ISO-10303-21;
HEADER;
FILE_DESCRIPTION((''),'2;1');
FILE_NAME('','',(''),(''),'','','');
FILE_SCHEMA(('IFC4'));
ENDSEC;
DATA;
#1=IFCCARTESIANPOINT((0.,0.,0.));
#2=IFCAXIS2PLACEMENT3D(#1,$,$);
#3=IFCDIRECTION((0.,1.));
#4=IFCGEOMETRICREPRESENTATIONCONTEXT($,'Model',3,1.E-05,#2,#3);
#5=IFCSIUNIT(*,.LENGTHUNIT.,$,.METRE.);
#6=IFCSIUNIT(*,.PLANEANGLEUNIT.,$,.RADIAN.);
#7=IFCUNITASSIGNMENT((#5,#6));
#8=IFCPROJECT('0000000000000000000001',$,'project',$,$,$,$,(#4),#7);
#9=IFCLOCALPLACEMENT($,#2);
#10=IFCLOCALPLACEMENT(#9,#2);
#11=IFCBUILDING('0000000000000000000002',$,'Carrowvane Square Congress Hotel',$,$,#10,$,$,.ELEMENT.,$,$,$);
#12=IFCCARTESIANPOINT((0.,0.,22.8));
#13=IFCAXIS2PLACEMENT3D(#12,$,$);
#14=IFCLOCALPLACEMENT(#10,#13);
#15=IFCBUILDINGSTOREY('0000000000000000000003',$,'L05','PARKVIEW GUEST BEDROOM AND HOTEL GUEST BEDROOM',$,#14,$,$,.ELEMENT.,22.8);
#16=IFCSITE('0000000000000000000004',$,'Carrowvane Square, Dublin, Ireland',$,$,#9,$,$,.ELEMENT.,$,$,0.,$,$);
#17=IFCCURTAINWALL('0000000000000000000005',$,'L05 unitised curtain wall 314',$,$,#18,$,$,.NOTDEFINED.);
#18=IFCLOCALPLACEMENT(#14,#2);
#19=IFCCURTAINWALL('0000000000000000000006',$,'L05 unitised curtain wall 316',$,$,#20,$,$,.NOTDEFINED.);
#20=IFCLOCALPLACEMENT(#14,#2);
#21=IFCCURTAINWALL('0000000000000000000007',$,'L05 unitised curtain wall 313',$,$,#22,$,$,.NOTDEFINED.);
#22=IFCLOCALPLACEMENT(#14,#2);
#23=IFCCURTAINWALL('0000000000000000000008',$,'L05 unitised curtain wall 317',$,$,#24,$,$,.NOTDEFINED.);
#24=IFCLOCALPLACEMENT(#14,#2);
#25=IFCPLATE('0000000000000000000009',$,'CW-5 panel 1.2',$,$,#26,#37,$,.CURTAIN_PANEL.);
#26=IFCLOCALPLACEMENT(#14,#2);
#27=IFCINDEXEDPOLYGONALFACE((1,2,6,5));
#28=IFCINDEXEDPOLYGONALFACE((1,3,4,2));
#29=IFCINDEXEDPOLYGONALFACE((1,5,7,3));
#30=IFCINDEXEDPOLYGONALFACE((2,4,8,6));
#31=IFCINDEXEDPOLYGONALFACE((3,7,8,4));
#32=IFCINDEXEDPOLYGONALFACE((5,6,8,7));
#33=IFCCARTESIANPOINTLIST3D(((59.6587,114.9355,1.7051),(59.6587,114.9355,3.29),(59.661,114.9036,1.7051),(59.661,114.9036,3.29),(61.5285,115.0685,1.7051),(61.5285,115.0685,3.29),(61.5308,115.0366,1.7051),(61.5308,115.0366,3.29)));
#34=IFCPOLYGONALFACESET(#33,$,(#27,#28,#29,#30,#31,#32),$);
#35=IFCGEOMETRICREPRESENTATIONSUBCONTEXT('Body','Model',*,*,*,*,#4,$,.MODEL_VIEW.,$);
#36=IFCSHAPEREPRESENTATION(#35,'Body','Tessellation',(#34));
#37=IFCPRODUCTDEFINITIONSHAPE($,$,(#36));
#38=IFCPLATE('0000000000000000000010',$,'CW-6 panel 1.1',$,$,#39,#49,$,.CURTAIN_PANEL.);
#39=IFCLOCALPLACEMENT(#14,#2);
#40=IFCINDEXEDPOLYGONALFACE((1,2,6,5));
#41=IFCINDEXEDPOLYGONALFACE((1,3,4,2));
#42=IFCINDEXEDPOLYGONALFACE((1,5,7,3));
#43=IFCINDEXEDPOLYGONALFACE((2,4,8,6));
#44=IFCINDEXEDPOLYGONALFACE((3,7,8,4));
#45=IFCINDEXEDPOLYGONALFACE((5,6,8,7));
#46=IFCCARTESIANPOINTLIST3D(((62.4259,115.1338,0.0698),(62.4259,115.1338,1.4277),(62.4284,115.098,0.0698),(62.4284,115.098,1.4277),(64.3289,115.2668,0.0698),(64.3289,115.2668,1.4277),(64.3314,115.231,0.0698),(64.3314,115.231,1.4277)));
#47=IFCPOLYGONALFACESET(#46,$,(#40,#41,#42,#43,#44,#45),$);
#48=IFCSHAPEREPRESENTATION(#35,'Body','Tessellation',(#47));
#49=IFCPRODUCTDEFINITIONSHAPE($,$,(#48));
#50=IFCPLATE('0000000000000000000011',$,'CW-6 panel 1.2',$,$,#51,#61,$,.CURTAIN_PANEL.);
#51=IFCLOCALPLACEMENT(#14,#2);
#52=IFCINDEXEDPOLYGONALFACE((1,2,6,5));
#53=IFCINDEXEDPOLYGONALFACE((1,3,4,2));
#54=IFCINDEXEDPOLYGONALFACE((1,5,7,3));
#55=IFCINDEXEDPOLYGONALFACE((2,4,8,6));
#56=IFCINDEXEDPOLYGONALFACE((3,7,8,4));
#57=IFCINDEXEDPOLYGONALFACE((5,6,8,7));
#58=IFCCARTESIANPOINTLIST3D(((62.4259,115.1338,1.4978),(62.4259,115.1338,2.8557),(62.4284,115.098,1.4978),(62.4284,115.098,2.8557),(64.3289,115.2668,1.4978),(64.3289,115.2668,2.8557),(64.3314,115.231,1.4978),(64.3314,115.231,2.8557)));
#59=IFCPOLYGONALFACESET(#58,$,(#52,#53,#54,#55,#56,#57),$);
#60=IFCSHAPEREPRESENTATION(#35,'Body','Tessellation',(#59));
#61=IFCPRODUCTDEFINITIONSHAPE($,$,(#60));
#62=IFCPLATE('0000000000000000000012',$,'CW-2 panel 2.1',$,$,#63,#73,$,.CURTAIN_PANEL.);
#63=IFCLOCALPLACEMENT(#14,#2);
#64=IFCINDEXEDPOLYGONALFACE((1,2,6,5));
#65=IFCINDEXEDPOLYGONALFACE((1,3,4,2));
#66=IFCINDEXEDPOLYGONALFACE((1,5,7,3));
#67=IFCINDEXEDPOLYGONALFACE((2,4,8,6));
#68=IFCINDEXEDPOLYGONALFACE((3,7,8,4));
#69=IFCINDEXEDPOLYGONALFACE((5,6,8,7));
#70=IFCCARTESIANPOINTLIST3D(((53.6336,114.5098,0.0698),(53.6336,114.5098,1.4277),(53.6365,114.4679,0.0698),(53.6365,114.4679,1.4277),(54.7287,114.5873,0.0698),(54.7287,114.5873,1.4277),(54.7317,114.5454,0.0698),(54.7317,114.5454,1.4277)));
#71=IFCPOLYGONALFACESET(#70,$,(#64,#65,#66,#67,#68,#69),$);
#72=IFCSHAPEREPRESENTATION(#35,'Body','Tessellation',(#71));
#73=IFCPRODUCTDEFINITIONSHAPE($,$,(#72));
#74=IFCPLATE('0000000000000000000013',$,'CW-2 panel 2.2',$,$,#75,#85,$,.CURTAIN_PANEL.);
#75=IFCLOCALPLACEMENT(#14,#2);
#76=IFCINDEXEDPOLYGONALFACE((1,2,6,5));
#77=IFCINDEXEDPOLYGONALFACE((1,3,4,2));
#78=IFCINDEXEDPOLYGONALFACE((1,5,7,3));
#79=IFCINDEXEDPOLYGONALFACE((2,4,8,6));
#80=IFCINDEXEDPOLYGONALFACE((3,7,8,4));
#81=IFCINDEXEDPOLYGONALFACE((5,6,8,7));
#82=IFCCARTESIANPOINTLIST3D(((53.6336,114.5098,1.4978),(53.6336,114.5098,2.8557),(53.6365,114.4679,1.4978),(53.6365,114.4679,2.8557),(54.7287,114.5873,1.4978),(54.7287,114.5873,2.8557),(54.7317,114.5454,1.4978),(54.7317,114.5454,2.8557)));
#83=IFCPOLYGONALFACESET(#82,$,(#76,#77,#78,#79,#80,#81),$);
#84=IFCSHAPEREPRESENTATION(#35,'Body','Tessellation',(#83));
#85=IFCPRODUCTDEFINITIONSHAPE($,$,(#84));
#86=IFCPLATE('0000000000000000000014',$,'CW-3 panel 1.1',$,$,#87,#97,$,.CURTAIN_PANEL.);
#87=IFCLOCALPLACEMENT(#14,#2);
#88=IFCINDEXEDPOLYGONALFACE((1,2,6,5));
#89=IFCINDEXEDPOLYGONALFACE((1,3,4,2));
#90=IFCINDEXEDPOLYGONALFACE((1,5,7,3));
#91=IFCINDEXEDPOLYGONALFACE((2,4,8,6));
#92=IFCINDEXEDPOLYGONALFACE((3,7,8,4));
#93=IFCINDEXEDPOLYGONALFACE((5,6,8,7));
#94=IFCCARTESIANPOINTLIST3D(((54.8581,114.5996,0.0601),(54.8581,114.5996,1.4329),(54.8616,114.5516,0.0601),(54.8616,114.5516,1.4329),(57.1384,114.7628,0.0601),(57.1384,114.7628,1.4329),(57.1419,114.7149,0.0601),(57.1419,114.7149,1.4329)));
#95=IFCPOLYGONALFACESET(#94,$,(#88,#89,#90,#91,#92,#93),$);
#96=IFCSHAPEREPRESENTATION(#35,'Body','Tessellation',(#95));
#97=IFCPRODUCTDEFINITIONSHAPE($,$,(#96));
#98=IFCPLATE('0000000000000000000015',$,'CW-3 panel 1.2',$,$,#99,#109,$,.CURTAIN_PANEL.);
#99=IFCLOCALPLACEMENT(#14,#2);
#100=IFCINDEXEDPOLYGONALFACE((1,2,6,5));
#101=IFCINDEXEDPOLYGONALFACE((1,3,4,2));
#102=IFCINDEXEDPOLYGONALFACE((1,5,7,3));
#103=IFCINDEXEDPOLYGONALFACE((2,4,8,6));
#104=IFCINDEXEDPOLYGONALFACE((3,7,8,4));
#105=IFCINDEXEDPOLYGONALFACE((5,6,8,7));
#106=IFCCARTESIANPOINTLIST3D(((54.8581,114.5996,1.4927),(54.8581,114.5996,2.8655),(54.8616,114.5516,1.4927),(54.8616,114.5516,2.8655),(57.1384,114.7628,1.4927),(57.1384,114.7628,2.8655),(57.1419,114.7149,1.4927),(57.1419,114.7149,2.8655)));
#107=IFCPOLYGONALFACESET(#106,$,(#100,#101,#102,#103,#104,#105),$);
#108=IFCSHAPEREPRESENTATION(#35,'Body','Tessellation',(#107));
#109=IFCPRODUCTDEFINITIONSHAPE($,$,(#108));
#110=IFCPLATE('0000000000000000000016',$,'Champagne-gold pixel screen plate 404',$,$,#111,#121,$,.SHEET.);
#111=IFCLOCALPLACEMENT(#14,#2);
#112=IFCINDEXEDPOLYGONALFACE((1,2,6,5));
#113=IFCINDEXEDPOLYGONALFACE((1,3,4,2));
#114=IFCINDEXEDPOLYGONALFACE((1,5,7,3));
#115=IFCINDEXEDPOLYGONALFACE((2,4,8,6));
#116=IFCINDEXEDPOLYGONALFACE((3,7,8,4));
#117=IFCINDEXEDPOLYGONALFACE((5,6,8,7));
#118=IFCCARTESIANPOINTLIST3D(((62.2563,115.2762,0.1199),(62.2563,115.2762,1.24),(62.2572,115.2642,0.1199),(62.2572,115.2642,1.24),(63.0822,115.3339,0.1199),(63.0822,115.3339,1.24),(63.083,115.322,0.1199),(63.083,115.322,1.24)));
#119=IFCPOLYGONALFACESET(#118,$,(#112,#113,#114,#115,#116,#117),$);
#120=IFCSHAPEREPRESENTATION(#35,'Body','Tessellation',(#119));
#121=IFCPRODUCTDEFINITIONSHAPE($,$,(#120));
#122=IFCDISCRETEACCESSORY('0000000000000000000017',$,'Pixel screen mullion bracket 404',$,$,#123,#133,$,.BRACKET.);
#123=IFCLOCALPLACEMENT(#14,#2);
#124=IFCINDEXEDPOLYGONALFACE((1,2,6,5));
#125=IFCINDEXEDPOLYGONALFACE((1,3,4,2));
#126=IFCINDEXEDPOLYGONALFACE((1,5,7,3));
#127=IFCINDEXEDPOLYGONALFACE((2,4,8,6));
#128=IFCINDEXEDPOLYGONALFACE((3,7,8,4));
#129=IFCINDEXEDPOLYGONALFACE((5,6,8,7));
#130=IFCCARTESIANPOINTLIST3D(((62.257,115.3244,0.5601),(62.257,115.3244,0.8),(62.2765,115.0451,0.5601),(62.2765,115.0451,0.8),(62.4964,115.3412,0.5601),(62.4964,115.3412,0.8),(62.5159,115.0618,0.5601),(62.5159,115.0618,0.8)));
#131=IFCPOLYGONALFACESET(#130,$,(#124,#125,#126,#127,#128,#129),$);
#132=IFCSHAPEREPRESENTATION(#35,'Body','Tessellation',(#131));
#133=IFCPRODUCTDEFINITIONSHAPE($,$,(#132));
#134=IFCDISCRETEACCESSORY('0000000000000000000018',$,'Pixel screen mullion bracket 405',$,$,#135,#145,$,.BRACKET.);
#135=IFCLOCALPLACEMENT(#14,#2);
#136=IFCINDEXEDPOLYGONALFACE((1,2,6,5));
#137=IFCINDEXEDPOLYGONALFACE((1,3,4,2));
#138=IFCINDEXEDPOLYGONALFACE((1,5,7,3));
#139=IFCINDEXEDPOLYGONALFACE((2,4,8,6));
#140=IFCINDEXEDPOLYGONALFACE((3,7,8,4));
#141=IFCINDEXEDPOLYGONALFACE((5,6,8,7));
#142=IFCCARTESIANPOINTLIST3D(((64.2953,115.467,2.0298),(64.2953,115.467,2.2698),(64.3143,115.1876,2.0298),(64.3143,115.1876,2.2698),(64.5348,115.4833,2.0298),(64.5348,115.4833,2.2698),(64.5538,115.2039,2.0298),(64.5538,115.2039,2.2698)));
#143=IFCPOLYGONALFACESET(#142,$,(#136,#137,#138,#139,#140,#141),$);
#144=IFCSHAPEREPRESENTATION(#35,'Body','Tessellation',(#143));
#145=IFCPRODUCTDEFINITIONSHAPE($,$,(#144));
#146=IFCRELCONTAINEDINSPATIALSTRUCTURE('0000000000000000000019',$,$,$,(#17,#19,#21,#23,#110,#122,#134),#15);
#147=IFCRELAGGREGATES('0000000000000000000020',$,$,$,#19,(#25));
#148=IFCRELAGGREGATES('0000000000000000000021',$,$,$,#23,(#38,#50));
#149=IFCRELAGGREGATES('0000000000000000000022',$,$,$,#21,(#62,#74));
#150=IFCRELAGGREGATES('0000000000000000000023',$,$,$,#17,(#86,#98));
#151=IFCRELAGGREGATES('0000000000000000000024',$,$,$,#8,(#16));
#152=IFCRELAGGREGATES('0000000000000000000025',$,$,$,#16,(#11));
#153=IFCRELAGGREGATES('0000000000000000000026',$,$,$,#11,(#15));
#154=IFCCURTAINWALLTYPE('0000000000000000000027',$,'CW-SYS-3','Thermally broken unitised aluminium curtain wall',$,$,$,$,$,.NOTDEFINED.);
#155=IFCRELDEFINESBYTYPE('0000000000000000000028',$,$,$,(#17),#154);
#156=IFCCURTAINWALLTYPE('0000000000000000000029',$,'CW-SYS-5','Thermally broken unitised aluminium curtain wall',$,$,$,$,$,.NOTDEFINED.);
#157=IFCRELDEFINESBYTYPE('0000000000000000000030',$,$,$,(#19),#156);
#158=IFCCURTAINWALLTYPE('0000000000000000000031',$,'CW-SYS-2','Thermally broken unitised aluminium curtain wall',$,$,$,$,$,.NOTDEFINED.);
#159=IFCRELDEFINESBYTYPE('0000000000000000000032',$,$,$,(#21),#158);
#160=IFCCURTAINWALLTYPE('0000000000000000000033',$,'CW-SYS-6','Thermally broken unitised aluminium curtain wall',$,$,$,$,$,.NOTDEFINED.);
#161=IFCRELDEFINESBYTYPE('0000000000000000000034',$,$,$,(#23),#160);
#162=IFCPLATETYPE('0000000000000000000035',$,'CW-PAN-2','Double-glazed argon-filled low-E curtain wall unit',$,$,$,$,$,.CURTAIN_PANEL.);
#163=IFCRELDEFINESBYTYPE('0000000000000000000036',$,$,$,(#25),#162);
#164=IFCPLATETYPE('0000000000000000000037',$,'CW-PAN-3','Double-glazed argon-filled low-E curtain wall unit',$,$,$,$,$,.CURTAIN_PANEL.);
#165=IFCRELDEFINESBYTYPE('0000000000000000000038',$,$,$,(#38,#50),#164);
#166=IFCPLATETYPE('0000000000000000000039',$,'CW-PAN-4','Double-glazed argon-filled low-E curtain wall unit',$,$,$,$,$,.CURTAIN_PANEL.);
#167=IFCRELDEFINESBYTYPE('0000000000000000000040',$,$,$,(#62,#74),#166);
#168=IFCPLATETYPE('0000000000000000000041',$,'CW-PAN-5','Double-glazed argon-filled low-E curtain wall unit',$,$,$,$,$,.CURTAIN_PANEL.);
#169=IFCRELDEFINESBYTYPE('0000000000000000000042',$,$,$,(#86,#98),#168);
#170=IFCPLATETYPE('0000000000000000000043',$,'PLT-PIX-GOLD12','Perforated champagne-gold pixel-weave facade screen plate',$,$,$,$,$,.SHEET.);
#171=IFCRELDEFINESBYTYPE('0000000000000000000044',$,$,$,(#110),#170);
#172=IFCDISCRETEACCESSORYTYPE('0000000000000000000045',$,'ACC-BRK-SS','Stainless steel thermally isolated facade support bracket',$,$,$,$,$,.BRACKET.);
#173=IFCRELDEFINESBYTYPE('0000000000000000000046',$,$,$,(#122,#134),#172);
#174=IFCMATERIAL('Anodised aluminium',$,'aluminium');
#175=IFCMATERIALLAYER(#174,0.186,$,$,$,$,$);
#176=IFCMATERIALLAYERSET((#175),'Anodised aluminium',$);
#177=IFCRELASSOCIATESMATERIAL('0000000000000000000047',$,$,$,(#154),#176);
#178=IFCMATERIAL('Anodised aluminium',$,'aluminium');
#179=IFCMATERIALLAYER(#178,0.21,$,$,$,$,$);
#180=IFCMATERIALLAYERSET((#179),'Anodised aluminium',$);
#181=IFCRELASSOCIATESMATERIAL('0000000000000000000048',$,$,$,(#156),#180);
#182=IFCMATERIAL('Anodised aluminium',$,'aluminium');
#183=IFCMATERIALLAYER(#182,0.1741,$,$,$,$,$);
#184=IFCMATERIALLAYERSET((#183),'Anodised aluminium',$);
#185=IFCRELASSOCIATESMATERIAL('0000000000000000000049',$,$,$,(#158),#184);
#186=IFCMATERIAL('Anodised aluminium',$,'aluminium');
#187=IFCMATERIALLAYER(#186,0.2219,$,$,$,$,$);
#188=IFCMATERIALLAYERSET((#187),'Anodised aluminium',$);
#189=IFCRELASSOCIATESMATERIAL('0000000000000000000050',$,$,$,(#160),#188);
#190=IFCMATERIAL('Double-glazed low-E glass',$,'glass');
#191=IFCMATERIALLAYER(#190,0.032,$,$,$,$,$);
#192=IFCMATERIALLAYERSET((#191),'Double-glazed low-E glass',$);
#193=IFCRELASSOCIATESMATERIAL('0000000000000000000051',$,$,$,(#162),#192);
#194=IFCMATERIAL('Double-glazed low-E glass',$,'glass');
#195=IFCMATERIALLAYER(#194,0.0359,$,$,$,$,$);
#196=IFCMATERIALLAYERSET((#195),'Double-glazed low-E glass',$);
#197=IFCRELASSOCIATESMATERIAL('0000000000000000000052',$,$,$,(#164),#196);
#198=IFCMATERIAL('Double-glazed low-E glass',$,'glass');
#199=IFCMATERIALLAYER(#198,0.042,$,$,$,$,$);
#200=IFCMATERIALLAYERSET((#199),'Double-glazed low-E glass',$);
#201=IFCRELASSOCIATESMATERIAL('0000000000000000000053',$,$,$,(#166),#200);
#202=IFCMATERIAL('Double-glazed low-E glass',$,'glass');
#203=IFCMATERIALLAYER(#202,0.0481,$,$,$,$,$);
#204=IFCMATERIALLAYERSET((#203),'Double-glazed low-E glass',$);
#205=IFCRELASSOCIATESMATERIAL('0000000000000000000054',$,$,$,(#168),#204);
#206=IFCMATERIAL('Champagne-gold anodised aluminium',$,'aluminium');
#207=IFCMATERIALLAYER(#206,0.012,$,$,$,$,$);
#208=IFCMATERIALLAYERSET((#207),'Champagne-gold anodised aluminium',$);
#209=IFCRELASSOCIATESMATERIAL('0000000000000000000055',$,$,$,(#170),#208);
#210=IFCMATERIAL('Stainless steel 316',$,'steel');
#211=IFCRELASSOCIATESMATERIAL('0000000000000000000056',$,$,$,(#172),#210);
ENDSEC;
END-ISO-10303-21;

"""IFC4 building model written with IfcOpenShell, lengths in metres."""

from ifc_helpers import new_model, si_unit, direction, frame, origin, origin_2d, place, context, subcontext, project, spatial, rectangle, extrude, material, layer, layer_set, type_object, element, aggregate, save


model = new_model("IFC4")

# Units and contexts
model_context = context("Model", 3, precision=1e-05, world=origin(), true_north=direction((0.0, 1.0)))
body_context = subcontext(model_context, "Body", "Model", "MODEL_VIEW")
ifc_project = project(units=[si_unit("LENGTHUNIT", "METRE"), si_unit("PLANEANGLEUNIT", "RADIAN")], contexts=[model_context])

# Site, building, storey
site_placement = place(None, origin())
site = spatial("IfcSite", under=ifc_project, at=site_placement, Name="Carrowvane Square, Dublin, Ireland", CompositionType="ELEMENT", RefElevation=0.0)
building_placement = place(site_placement, origin())
building = spatial("IfcBuilding", under=site, at=building_placement, Name="Carrowvane Square Congress Hotel", CompositionType="ELEMENT")
storey_placement = place(building_placement, frame((0.0, 0.0, 22.8)))
storey = spatial("IfcBuildingStorey", under=building, at=storey_placement, Name="L05", Description="PARKVIEW GUEST BEDROOM AND HOTEL GUEST BEDROOM", CompositionType="ELEMENT", Elevation=22.8)

# Curtain walls
ifc_material_1 = material(Name="Anodised aluminium", Category="aluminium")
ifc_layer_1 = layer(ifc_material_1, 0.186)
ifc_layer_set_1 = layer_set([ifc_layer_1], Name="Anodised aluminium")
curtain_wall_type_1 = type_object("IfcCurtainWallType", Name="CW-SYS-3", Description="Thermally broken unitised aluminium curtain wall", PredefinedType="NOTDEFINED", material=ifc_layer_set_1)
curtain_wall_1_placement = place(storey_placement, origin())
curtain_wall_1 = element("IfcCurtainWall", 1, at=curtain_wall_1_placement, inside=storey, type_object=curtain_wall_type_1, Name="L05 unitised curtain wall 314", PredefinedType="NOTDEFINED")
ifc_material_2 = material(Name="Anodised aluminium", Category="aluminium")
ifc_layer_2 = layer(ifc_material_2, 0.21)
ifc_layer_set_2 = layer_set([ifc_layer_2], Name="Anodised aluminium")
curtain_wall_type_2 = type_object("IfcCurtainWallType", Name="CW-SYS-5", Description="Thermally broken unitised aluminium curtain wall", PredefinedType="NOTDEFINED", material=ifc_layer_set_2)
curtain_wall_2_placement = place(storey_placement, origin())
curtain_wall_2 = element("IfcCurtainWall", 2, at=curtain_wall_2_placement, inside=storey, type_object=curtain_wall_type_2, Name="L05 unitised curtain wall 316", PredefinedType="NOTDEFINED")

# Curtain wall
ifc_material_3 = material(Name="Anodised aluminium", Category="aluminium")
ifc_layer_3 = layer(ifc_material_3, 0.1741)
ifc_layer_set_3 = layer_set([ifc_layer_3], Name="Anodised aluminium")
curtain_wall_type_3 = type_object("IfcCurtainWallType", Name="CW-SYS-2", Description="Thermally broken unitised aluminium curtain wall", PredefinedType="NOTDEFINED", material=ifc_layer_set_3)
curtain_wall_3_placement = place(storey_placement, origin())
curtain_wall_3 = element("IfcCurtainWall", 3, at=curtain_wall_3_placement, inside=storey, type_object=curtain_wall_type_3, Name="L05 unitised curtain wall 313", PredefinedType="NOTDEFINED")

# Curtain wall
ifc_material_4 = material(Name="Anodised aluminium", Category="aluminium")
ifc_layer_4 = layer(ifc_material_4, 0.2219)
ifc_layer_set_4 = layer_set([ifc_layer_4], Name="Anodised aluminium")
curtain_wall_type_4 = type_object("IfcCurtainWallType", Name="CW-SYS-6", Description="Thermally broken unitised aluminium curtain wall", PredefinedType="NOTDEFINED", material=ifc_layer_set_4)
curtain_wall_4_placement = place(storey_placement, origin())
curtain_wall_4 = element("IfcCurtainWall", 4, at=curtain_wall_4_placement, inside=storey, type_object=curtain_wall_type_4, Name="L05 unitised curtain wall 317", PredefinedType="NOTDEFINED")

# Plates
ifc_material_5 = material(Name="Double-glazed low-E glass", Category="glass")
ifc_layer_5 = layer(ifc_material_5, 0.032)
ifc_layer_set_5 = layer_set([ifc_layer_5], Name="Double-glazed low-E glass")
plate_type_1 = type_object("IfcPlateType", Name="CW-PAN-2", Description="Double-glazed argon-filled low-E curtain wall unit", PredefinedType="CURTAIN_PANEL", material=ifc_layer_set_5)
plate_1_placement = place(storey_placement, frame((60.5947, 114.9861, 1.7051), z_axis=(0.0, 0.0, 1.0), x_axis=(0.997479, 0.07096, 0.0)))
plate_1 = element("IfcPlate", 5, at=plate_1_placement, type_object=plate_type_1, Name="CW-5 panel 1.2", PredefinedType="CURTAIN_PANEL", context=body_context, shape_type="SweptSolid", body=[
    extrude(rectangle(XDim=1.8745, YDim=0.032, at=origin_2d()), origin(), (0.0, 0.0, 1.0), 1.585),
])
aggregate(curtain_wall_2, [plate_1])
ifc_material_6 = material(Name="Double-glazed low-E glass", Category="glass")
ifc_layer_6 = layer(ifc_material_6, 0.0359)
ifc_layer_set_6 = layer_set([ifc_layer_6], Name="Double-glazed low-E glass")
plate_type_2 = type_object("IfcPlateType", Name="CW-PAN-3", Description="Double-glazed argon-filled low-E curtain wall unit", PredefinedType="CURTAIN_PANEL", material=ifc_layer_set_6)
plate_2_placement = place(storey_placement, frame((63.3787, 115.1824, 0.0698), z_axis=(0.0, 0.0, 1.0), x_axis=(0.997566, 0.069724, 0.0)))
plate_2 = element("IfcPlate", 6, at=plate_2_placement, type_object=plate_type_2, Name="CW-6 panel 1.1", PredefinedType="CURTAIN_PANEL", context=body_context, shape_type="SweptSolid", body=[
    extrude(rectangle(XDim=1.9077, YDim=0.0359, at=origin_2d()), origin(), (0.0, 0.0, 1.0), 1.3579),
])
plate_3_placement = place(storey_placement, frame((63.3787, 115.1824, 1.4978), z_axis=(0.0, 0.0, 1.0), x_axis=(0.997566, 0.069724, 0.0)))
plate_3 = element("IfcPlate", 7, at=plate_3_placement, type_object=plate_type_2, Name="CW-6 panel 1.2", PredefinedType="CURTAIN_PANEL", context=body_context, shape_type="SweptSolid", body=[
    extrude(rectangle(XDim=1.9077, YDim=0.0359, at=origin_2d()), origin(), (0.0, 0.0, 1.0), 1.3579),
])
aggregate(curtain_wall_4, [plate_2, plate_3])
ifc_material_7 = material(Name="Double-glazed low-E glass", Category="glass")
ifc_layer_7 = layer(ifc_material_7, 0.042)
ifc_layer_set_7 = layer_set([ifc_layer_7], Name="Double-glazed low-E glass")
plate_type_3 = type_object("IfcPlateType", Name="CW-PAN-4", Description="Double-glazed argon-filled low-E curtain wall unit", PredefinedType="CURTAIN_PANEL", material=ifc_layer_set_7)
plate_4_placement = place(storey_placement, frame((54.1826, 114.5276, 0.0698), z_axis=(0.0, 0.0, 1.0), x_axis=(0.997506, 0.070586, 0.0)))
plate_4 = element("IfcPlate", 8, at=plate_4_placement, type_object=plate_type_3, Name="CW-2 panel 2.1", PredefinedType="CURTAIN_PANEL", context=body_context, shape_type="SweptSolid", body=[
    extrude(rectangle(XDim=1.0979, YDim=0.042, at=origin_2d()), origin(), (0.0, 0.0, 1.0), 1.3579),
])
plate_5_placement = place(storey_placement, frame((54.1826, 114.5276, 1.4978), z_axis=(0.0, 0.0, 1.0), x_axis=(0.997506, 0.070586, 0.0)))
plate_5 = element("IfcPlate", 9, at=plate_5_placement, type_object=plate_type_3, Name="CW-2 panel 2.2", PredefinedType="CURTAIN_PANEL", context=body_context, shape_type="SweptSolid", body=[
    extrude(rectangle(XDim=1.0979, YDim=0.042, at=origin_2d()), origin(), (0.0, 0.0, 1.0), 1.3579),
])
aggregate(curtain_wall_3, [plate_4, plate_5])
ifc_material_8 = material(Name="Double-glazed low-E glass", Category="glass")
ifc_layer_8 = layer(ifc_material_8, 0.0481)
ifc_layer_set_8 = layer_set([ifc_layer_8], Name="Double-glazed low-E glass")
plate_type_4 = type_object("IfcPlateType", Name="CW-PAN-5", Description="Double-glazed argon-filled low-E curtain wall unit", PredefinedType="CURTAIN_PANEL", material=ifc_layer_set_8)
plate_6_placement = place(storey_placement, frame((56.0, 114.6572, 0.0601), z_axis=(0.0, 0.0, 1.0), x_axis=(0.997446, 0.071418, 0.0)))
plate_6 = element("IfcPlate", 10, at=plate_6_placement, type_object=plate_type_4, Name="CW-3 panel 1.1", PredefinedType="CURTAIN_PANEL", context=body_context, shape_type="SweptSolid", body=[
    extrude(rectangle(XDim=2.2861, YDim=0.0481, at=origin_2d()), origin(), (0.0, 0.0, 1.0), 1.3728),
])
plate_7_placement = place(storey_placement, frame((56.0, 114.6572, 1.4927), z_axis=(0.0, 0.0, 1.0), x_axis=(0.997446, 0.071418, 0.0)))
plate_7 = element("IfcPlate", 11, at=plate_7_placement, type_object=plate_type_4, Name="CW-3 panel 1.2", PredefinedType="CURTAIN_PANEL", context=body_context, shape_type="SweptSolid", body=[
    extrude(rectangle(XDim=2.2861, YDim=0.0481, at=origin_2d()), origin(), (0.0, 0.0, 1.0), 1.3728),
])
aggregate(curtain_wall_1, [plate_6, plate_7])
ifc_material_9 = material(Name="Champagne-gold anodised aluminium", Category="aluminium")
ifc_layer_9 = layer(ifc_material_9, 0.012)
ifc_layer_set_9 = layer_set([ifc_layer_9], Name="Champagne-gold anodised aluminium")
plate_type_5 = type_object("IfcPlateType", Name="PLT-PIX-GOLD12", Description="Perforated champagne-gold pixel-weave facade screen plate", PredefinedType="SHEET", material=ifc_layer_set_9)
plate_8_placement = place(storey_placement, frame((62.6697, 115.2991, 0.1199), z_axis=(0.0, 0.0, 1.0), x_axis=(0.997566, 0.069725, 0.0)))
element("IfcPlate", 12, at=plate_8_placement, inside=storey, type_object=plate_type_5, Name="Champagne-gold pixel screen plate 404", PredefinedType="SHEET", context=body_context, shape_type="SweptSolid", body=[
    extrude(rectangle(XDim=0.8279, YDim=0.012, at=origin_2d()), origin(), (0.0, 0.0, 1.0), 1.1201),
])

# Discrete accessories
ifc_material_10 = material(Name="Stainless steel 316", Category="steel")
discrete_accessory_type = type_object("IfcDiscreteAccessoryType", Name="ACC-BRK-SS", Description="Stainless steel thermally isolated facade support bracket", PredefinedType="BRACKET", material=ifc_material_10)
for number, where, z_axis, x_axis, name in (
    (13, (62.3865, 115.1931, 0.5601), (0.0, 0.0, 1.0), (0.997566, 0.069725, 0.0), "Pixel screen mullion bracket 404"),
    (14, (64.4246, 115.3354, 2.0298), (0.0, 0.0, 1.0), (0.997694, 0.067866, 0.0), "Pixel screen mullion bracket 405"),
):
    element("IfcDiscreteAccessory", number, at=place(storey_placement, frame(where, z_axis=z_axis, x_axis=x_axis)), inside=storey, type_object=discrete_accessory_type, Name=name, PredefinedType="BRACKET", context=body_context, shape_type="SweptSolid", body=[
        extrude(rectangle(XDim=0.24, YDim=0.28, at=origin_2d()), origin(), (0.0, 0.0, 1.0), 0.24),
    ])

save(model, "model.ifc")
